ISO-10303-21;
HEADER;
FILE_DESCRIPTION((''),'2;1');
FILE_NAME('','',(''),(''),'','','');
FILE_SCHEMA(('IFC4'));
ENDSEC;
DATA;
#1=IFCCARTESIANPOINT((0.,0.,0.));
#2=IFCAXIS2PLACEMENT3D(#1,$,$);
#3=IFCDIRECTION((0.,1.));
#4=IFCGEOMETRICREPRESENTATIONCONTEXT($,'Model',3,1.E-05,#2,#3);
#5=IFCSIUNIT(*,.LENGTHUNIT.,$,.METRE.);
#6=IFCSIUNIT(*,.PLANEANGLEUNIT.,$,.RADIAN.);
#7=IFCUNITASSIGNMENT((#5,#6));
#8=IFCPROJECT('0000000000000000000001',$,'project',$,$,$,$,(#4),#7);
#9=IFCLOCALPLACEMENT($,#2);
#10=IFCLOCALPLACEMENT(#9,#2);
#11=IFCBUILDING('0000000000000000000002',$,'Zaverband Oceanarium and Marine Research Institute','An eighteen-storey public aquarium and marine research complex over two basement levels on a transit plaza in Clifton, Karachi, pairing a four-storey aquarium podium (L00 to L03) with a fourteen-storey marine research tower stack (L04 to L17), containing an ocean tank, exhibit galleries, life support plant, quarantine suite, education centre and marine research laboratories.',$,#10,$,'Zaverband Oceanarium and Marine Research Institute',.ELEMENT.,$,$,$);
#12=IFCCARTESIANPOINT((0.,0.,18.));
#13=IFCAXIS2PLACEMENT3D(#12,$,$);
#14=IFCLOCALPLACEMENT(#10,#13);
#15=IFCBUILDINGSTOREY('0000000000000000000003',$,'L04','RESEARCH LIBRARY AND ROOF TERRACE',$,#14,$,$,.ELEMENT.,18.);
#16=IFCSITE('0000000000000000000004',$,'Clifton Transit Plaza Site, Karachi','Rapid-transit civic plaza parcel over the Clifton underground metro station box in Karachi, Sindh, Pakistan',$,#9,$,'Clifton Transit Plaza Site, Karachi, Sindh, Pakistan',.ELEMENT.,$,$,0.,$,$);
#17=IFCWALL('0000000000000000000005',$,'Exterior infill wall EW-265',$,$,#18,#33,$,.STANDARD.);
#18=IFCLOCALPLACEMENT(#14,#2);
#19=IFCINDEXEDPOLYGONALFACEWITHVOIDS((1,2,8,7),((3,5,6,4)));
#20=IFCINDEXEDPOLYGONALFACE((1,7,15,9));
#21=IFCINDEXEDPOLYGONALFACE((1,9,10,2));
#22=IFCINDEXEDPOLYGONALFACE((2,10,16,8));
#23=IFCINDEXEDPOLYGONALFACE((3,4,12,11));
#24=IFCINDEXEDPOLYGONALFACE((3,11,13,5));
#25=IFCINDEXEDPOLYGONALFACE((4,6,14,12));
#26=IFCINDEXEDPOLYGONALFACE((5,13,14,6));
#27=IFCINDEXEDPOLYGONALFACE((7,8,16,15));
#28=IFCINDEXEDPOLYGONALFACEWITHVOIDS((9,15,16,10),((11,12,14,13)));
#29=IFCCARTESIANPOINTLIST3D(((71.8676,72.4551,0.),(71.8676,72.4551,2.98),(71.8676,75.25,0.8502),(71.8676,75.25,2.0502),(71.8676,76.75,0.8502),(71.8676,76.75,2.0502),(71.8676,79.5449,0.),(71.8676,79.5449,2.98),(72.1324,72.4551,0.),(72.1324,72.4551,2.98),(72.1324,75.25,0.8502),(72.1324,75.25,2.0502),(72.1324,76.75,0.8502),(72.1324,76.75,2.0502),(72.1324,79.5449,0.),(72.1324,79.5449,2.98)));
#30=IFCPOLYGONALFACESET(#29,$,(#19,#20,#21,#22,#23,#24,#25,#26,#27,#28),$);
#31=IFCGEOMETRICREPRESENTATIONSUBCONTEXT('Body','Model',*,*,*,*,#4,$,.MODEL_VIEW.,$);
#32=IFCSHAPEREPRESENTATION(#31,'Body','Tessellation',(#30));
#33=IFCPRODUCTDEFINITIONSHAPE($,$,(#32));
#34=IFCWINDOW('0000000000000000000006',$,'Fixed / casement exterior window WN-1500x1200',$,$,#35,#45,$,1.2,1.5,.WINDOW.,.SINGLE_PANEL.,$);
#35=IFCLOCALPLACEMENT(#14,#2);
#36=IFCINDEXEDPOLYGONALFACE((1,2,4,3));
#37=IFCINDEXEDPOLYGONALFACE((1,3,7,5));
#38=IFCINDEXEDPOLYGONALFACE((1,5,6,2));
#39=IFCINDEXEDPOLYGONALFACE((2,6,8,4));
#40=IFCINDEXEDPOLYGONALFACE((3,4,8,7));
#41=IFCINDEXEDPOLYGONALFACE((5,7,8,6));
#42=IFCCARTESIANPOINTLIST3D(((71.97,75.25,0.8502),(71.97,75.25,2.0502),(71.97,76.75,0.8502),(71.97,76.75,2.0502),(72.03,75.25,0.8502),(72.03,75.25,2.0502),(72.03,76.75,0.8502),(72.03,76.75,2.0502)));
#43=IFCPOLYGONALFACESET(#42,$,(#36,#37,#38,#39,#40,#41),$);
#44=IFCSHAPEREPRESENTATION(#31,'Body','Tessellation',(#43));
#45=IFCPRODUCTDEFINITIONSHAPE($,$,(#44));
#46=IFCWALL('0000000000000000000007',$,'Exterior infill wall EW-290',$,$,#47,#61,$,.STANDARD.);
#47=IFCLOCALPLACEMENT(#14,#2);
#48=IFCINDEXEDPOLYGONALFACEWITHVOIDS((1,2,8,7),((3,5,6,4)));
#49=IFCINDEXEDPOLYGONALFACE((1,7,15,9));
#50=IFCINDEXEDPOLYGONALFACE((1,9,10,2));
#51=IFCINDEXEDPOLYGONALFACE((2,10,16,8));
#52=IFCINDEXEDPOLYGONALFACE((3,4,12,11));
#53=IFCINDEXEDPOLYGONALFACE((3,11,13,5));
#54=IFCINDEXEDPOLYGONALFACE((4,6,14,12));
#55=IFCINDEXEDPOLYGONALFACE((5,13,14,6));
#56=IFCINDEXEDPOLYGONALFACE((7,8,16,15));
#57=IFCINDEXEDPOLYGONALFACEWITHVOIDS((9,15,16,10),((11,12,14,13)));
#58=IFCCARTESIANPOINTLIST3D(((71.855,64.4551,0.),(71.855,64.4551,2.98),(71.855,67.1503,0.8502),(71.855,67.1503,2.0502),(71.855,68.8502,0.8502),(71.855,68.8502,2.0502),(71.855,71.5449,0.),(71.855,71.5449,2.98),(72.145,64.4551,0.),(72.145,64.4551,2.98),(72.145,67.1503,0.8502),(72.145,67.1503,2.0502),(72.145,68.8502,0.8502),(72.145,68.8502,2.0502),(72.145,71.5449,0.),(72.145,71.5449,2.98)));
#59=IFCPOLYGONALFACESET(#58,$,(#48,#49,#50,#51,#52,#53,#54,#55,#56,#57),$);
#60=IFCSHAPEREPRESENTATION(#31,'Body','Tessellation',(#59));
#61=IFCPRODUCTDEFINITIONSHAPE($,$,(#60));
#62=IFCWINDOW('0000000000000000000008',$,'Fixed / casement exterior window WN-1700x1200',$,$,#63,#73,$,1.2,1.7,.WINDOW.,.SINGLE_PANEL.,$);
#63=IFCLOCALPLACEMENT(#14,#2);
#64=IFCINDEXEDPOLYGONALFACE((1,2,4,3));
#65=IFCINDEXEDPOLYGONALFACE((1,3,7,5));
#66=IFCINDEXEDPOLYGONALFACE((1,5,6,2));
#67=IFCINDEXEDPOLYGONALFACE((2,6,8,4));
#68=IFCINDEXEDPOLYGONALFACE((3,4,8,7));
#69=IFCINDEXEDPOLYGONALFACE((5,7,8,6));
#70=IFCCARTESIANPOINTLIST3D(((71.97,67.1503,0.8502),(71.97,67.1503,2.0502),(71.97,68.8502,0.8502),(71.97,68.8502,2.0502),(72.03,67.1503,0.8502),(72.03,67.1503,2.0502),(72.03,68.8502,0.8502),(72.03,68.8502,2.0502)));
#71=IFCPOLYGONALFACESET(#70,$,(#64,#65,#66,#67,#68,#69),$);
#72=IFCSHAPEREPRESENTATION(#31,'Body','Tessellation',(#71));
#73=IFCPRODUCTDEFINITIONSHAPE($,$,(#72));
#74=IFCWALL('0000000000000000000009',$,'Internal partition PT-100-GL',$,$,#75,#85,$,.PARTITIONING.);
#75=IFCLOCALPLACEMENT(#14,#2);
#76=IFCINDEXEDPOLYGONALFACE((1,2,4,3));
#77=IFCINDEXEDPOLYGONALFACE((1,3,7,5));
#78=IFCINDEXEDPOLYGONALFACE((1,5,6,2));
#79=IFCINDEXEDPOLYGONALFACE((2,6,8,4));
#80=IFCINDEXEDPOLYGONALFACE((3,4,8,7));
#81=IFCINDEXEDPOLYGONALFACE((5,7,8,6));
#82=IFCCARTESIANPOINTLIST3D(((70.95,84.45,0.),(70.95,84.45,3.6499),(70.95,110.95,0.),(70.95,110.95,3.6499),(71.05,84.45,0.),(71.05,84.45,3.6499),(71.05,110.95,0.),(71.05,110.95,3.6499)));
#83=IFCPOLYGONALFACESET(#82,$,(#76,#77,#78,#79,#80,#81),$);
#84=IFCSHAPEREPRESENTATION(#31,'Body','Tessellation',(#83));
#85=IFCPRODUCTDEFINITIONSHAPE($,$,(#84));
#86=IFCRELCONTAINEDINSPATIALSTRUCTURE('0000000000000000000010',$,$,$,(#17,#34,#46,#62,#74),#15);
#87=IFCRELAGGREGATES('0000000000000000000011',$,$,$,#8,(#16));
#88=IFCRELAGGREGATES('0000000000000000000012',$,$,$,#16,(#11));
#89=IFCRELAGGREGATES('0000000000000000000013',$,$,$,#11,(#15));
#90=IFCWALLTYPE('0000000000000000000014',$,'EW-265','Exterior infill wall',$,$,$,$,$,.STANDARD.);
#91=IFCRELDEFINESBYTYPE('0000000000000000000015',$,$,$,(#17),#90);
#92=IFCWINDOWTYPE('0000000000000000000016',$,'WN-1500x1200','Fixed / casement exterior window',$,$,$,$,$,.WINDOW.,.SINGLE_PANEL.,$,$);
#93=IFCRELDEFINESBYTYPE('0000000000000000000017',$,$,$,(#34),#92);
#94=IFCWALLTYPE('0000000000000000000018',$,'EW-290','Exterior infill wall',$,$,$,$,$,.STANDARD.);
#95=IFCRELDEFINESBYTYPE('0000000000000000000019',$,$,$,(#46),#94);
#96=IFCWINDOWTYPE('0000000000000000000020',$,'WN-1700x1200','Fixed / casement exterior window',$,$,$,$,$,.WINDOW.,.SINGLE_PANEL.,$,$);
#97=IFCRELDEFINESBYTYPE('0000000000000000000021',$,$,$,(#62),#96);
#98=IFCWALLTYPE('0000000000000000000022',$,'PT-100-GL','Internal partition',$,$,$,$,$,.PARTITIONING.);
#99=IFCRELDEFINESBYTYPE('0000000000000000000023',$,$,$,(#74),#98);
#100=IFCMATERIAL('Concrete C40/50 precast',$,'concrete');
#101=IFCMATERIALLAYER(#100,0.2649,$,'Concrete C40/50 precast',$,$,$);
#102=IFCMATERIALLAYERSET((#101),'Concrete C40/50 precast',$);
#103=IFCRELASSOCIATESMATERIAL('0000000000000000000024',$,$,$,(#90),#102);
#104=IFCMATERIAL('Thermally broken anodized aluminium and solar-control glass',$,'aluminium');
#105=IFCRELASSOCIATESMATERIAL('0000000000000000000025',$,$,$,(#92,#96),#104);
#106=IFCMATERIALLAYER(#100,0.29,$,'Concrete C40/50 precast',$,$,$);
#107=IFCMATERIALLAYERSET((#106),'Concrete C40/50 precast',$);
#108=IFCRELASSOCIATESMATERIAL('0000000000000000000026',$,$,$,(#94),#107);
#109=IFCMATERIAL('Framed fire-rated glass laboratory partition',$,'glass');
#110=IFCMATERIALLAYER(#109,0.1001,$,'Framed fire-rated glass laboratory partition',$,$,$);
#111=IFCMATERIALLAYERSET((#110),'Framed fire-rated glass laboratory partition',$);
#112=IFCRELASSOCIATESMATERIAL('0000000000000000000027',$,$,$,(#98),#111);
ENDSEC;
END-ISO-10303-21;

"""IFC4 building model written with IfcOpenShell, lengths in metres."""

from ifc_helpers import new_model, si_unit, direction, frame, frame_2d, origin, place, context, subcontext, project, spatial, rectangle, extrude, material, layer, layer_set, type_object, element, fill, save


model = new_model("IFC4")

# Units and contexts
model_context = context("Model", 3, precision=1e-05, world=origin(), true_north=direction((0.0, 1.0)))
body_context = subcontext(model_context, "Body", "Model", "MODEL_VIEW")
ifc_project = project(units=[si_unit("LENGTHUNIT", "METRE"), si_unit("PLANEANGLEUNIT", "RADIAN")], contexts=[model_context])

# Site, building, storey
site_placement = place(None, origin())
site = spatial("IfcSite", under=ifc_project, at=site_placement, Name="Clifton Transit Plaza Site, Karachi", Description="Rapid-transit civic plaza parcel over the Clifton underground metro station box in Karachi, Sindh, Pakistan", LongName="Clifton Transit Plaza Site, Karachi, Sindh, Pakistan", CompositionType="ELEMENT", RefElevation=0.0)
building_placement = place(site_placement, origin())
building = spatial("IfcBuilding", under=site, at=building_placement, Name="Zaverband Oceanarium and Marine Research Institute", Description="An eighteen-storey public aquarium and marine research complex over two basement levels on a transit plaza in Clifton, Karachi, pairing a four-storey aquarium podium (L00 to L03) with a fourteen-storey marine research tower stack (L04 to L17), containing an ocean tank, exhibit galleries, life support plant, quarantine suite, education centre and marine research laboratories.", LongName="Zaverband Oceanarium and Marine Research Institute", CompositionType="ELEMENT")
storey_placement = place(building_placement, frame((0.0, 0.0, 18.0)))
storey = spatial("IfcBuildingStorey", under=building, at=storey_placement, Name="L04", Description="RESEARCH LIBRARY AND ROOF TERRACE", CompositionType="ELEMENT", Elevation=18.0)

# Shared definitions
ifc_material_1 = material(Name="Thermally broken anodized aluminium and solar-control glass", Category="aluminium")

# Walls, openings, windows
ifc_material_2 = material(Name="Concrete C40/50 precast", Category="concrete")
ifc_layer_1 = layer(ifc_material_2, 0.2649, Name="Concrete C40/50 precast")
ifc_layer_set_1 = layer_set([ifc_layer_1], Name="Concrete C40/50 precast")
wall_type_1 = type_object("IfcWallType", Name="EW-265", Description="Exterior infill wall", PredefinedType="STANDARD", material=ifc_layer_set_1)
wall_1_placement = place(storey_placement, frame((72.0, 72.4551, 0.0), z_axis=(0.0, 0.0, 1.0), x_axis=(0.0, 1.0, 0.0)))
wall_1 = element("IfcWall", 1, at=wall_1_placement, inside=storey, type_object=wall_type_1, Name="Exterior infill wall EW-265", PredefinedType="STANDARD", context=body_context, shape_type="SweptSolid", body=[
    extrude(rectangle(XDim=7.0898, YDim=0.2649, at=frame_2d((3.5449, 0.0))), origin(), (0.0, 0.0, 1.0), 2.98),
])
opening_1_placement = place(wall_1_placement, frame((2.7949, 0.0, 0.8501)))
opening_1 = element("IfcOpeningElement", 2, at=opening_1_placement, cuts=wall_1, PredefinedType="OPENING", context=body_context, shape_type="SweptSolid", body=[
    extrude(rectangle(XDim=1.5, YDim=1.2, at=frame_2d((0.75, 0.6001))), frame((0.0, 0.1445, 0.0), z_axis=(0.0, -1.0, 0.0), x_axis=(1.0, 0.0, 0.0)), (0.0, 0.0, 1.0), 0.2888),
])
window_type_1 = type_object("IfcWindowType", Name="WN-1500x1200", Description="Fixed / casement exterior window", PartitioningType="SINGLE_PANEL", PredefinedType="WINDOW", material=ifc_material_1)
window_1_placement = place(opening_1_placement, origin())
window_1 = element("IfcWindow", 3, at=window_1_placement, inside=storey, type_object=window_type_1, Name="Fixed / casement exterior window WN-1500x1200", OverallHeight=1.2, OverallWidth=1.5, PartitioningType="SINGLE_PANEL", PredefinedType="WINDOW", context=body_context, shape_type="SweptSolid", body=[
    extrude(rectangle(XDim=1.5, YDim=1.2, at=frame_2d((0.75, 0.6001))), frame((0.0, 0.03, 0.0), z_axis=(0.0, -1.0, 0.0), x_axis=(1.0, 0.0, 0.0)), (0.0, 0.0, 1.0), 0.0601),
])
fill(opening_1, window_1)
ifc_layer_2 = layer(ifc_material_2, 0.29, Name="Concrete C40/50 precast")
ifc_layer_set_2 = layer_set([ifc_layer_2], Name="Concrete C40/50 precast")
wall_type_2 = type_object("IfcWallType", Name="EW-290", Description="Exterior infill wall", PredefinedType="STANDARD", material=ifc_layer_set_2)
wall_2_placement = place(storey_placement, frame((72.0, 64.4551, 0.0), z_axis=(0.0, 0.0, 1.0), x_axis=(0.0, 1.0, 0.0)))
wall_2 = element("IfcWall", 4, at=wall_2_placement, inside=storey, type_object=wall_type_2, Name="Exterior infill wall EW-290", PredefinedType="STANDARD", context=body_context, shape_type="SweptSolid", body=[
    extrude(rectangle(XDim=7.0898, YDim=0.29, at=frame_2d((3.5449, 0.0))), origin(), (0.0, 0.0, 1.0), 2.98),
])
opening_2_placement = place(wall_2_placement, frame((2.6951, 0.0, 0.8501)))
opening_2 = element("IfcOpeningElement", 5, at=opening_2_placement, cuts=wall_2, PredefinedType="OPENING", context=body_context, shape_type="SweptSolid", body=[
    extrude(rectangle(XDim=1.7, YDim=1.2, at=frame_2d((0.8501, 0.6001))), frame((0.0, 0.157, 0.0), z_axis=(0.0, -1.0, 0.0), x_axis=(1.0, 0.0, 0.0)), (0.0, 0.0, 1.0), 0.314),
])
window_type_2 = type_object("IfcWindowType", Name="WN-1700x1200", Description="Fixed / casement exterior window", PartitioningType="SINGLE_PANEL", PredefinedType="WINDOW", material=ifc_material_1)
window_2_placement = place(opening_2_placement, origin())
window_2 = element("IfcWindow", 6, at=window_2_placement, inside=storey, type_object=window_type_2, Name="Fixed / casement exterior window WN-1700x1200", OverallHeight=1.2, OverallWidth=1.7, PartitioningType="SINGLE_PANEL", PredefinedType="WINDOW", context=body_context, shape_type="SweptSolid", body=[
    extrude(rectangle(XDim=1.7, YDim=1.2, at=frame_2d((0.8501, 0.6001))), frame((0.0, 0.03, 0.0), z_axis=(0.0, -1.0, 0.0), x_axis=(1.0, 0.0, 0.0)), (0.0, 0.0, 1.0), 0.0601),
])
fill(opening_2, window_2)

# Wall
ifc_material_3 = material(Name="Framed fire-rated glass laboratory partition", Category="glass")
ifc_layer_3 = layer(ifc_material_3, 0.1001, Name="Framed fire-rated glass laboratory partition")
ifc_layer_set_3 = layer_set([ifc_layer_3], Name="Framed fire-rated glass laboratory partition")
wall_type_3 = type_object("IfcWallType", Name="PT-100-GL", Description="Internal partition", PredefinedType="PARTITIONING", material=ifc_layer_set_3)
wall_3_placement = place(storey_placement, frame((71.0, 84.45, 0.0), z_axis=(0.0, 0.0, 1.0), x_axis=(0.0, 1.0, 0.0)))
element("IfcWall", 7, at=wall_3_placement, inside=storey, type_object=wall_type_3, Name="Internal partition PT-100-GL", PredefinedType="PARTITIONING", context=body_context, shape_type="SweptSolid", body=[
    extrude(rectangle(XDim=26.5, YDim=0.1001, at=frame_2d((13.25, 0.0))), origin(), (0.0, 0.0, 1.0), 3.6499),
])

save(model, "model.ifc")
